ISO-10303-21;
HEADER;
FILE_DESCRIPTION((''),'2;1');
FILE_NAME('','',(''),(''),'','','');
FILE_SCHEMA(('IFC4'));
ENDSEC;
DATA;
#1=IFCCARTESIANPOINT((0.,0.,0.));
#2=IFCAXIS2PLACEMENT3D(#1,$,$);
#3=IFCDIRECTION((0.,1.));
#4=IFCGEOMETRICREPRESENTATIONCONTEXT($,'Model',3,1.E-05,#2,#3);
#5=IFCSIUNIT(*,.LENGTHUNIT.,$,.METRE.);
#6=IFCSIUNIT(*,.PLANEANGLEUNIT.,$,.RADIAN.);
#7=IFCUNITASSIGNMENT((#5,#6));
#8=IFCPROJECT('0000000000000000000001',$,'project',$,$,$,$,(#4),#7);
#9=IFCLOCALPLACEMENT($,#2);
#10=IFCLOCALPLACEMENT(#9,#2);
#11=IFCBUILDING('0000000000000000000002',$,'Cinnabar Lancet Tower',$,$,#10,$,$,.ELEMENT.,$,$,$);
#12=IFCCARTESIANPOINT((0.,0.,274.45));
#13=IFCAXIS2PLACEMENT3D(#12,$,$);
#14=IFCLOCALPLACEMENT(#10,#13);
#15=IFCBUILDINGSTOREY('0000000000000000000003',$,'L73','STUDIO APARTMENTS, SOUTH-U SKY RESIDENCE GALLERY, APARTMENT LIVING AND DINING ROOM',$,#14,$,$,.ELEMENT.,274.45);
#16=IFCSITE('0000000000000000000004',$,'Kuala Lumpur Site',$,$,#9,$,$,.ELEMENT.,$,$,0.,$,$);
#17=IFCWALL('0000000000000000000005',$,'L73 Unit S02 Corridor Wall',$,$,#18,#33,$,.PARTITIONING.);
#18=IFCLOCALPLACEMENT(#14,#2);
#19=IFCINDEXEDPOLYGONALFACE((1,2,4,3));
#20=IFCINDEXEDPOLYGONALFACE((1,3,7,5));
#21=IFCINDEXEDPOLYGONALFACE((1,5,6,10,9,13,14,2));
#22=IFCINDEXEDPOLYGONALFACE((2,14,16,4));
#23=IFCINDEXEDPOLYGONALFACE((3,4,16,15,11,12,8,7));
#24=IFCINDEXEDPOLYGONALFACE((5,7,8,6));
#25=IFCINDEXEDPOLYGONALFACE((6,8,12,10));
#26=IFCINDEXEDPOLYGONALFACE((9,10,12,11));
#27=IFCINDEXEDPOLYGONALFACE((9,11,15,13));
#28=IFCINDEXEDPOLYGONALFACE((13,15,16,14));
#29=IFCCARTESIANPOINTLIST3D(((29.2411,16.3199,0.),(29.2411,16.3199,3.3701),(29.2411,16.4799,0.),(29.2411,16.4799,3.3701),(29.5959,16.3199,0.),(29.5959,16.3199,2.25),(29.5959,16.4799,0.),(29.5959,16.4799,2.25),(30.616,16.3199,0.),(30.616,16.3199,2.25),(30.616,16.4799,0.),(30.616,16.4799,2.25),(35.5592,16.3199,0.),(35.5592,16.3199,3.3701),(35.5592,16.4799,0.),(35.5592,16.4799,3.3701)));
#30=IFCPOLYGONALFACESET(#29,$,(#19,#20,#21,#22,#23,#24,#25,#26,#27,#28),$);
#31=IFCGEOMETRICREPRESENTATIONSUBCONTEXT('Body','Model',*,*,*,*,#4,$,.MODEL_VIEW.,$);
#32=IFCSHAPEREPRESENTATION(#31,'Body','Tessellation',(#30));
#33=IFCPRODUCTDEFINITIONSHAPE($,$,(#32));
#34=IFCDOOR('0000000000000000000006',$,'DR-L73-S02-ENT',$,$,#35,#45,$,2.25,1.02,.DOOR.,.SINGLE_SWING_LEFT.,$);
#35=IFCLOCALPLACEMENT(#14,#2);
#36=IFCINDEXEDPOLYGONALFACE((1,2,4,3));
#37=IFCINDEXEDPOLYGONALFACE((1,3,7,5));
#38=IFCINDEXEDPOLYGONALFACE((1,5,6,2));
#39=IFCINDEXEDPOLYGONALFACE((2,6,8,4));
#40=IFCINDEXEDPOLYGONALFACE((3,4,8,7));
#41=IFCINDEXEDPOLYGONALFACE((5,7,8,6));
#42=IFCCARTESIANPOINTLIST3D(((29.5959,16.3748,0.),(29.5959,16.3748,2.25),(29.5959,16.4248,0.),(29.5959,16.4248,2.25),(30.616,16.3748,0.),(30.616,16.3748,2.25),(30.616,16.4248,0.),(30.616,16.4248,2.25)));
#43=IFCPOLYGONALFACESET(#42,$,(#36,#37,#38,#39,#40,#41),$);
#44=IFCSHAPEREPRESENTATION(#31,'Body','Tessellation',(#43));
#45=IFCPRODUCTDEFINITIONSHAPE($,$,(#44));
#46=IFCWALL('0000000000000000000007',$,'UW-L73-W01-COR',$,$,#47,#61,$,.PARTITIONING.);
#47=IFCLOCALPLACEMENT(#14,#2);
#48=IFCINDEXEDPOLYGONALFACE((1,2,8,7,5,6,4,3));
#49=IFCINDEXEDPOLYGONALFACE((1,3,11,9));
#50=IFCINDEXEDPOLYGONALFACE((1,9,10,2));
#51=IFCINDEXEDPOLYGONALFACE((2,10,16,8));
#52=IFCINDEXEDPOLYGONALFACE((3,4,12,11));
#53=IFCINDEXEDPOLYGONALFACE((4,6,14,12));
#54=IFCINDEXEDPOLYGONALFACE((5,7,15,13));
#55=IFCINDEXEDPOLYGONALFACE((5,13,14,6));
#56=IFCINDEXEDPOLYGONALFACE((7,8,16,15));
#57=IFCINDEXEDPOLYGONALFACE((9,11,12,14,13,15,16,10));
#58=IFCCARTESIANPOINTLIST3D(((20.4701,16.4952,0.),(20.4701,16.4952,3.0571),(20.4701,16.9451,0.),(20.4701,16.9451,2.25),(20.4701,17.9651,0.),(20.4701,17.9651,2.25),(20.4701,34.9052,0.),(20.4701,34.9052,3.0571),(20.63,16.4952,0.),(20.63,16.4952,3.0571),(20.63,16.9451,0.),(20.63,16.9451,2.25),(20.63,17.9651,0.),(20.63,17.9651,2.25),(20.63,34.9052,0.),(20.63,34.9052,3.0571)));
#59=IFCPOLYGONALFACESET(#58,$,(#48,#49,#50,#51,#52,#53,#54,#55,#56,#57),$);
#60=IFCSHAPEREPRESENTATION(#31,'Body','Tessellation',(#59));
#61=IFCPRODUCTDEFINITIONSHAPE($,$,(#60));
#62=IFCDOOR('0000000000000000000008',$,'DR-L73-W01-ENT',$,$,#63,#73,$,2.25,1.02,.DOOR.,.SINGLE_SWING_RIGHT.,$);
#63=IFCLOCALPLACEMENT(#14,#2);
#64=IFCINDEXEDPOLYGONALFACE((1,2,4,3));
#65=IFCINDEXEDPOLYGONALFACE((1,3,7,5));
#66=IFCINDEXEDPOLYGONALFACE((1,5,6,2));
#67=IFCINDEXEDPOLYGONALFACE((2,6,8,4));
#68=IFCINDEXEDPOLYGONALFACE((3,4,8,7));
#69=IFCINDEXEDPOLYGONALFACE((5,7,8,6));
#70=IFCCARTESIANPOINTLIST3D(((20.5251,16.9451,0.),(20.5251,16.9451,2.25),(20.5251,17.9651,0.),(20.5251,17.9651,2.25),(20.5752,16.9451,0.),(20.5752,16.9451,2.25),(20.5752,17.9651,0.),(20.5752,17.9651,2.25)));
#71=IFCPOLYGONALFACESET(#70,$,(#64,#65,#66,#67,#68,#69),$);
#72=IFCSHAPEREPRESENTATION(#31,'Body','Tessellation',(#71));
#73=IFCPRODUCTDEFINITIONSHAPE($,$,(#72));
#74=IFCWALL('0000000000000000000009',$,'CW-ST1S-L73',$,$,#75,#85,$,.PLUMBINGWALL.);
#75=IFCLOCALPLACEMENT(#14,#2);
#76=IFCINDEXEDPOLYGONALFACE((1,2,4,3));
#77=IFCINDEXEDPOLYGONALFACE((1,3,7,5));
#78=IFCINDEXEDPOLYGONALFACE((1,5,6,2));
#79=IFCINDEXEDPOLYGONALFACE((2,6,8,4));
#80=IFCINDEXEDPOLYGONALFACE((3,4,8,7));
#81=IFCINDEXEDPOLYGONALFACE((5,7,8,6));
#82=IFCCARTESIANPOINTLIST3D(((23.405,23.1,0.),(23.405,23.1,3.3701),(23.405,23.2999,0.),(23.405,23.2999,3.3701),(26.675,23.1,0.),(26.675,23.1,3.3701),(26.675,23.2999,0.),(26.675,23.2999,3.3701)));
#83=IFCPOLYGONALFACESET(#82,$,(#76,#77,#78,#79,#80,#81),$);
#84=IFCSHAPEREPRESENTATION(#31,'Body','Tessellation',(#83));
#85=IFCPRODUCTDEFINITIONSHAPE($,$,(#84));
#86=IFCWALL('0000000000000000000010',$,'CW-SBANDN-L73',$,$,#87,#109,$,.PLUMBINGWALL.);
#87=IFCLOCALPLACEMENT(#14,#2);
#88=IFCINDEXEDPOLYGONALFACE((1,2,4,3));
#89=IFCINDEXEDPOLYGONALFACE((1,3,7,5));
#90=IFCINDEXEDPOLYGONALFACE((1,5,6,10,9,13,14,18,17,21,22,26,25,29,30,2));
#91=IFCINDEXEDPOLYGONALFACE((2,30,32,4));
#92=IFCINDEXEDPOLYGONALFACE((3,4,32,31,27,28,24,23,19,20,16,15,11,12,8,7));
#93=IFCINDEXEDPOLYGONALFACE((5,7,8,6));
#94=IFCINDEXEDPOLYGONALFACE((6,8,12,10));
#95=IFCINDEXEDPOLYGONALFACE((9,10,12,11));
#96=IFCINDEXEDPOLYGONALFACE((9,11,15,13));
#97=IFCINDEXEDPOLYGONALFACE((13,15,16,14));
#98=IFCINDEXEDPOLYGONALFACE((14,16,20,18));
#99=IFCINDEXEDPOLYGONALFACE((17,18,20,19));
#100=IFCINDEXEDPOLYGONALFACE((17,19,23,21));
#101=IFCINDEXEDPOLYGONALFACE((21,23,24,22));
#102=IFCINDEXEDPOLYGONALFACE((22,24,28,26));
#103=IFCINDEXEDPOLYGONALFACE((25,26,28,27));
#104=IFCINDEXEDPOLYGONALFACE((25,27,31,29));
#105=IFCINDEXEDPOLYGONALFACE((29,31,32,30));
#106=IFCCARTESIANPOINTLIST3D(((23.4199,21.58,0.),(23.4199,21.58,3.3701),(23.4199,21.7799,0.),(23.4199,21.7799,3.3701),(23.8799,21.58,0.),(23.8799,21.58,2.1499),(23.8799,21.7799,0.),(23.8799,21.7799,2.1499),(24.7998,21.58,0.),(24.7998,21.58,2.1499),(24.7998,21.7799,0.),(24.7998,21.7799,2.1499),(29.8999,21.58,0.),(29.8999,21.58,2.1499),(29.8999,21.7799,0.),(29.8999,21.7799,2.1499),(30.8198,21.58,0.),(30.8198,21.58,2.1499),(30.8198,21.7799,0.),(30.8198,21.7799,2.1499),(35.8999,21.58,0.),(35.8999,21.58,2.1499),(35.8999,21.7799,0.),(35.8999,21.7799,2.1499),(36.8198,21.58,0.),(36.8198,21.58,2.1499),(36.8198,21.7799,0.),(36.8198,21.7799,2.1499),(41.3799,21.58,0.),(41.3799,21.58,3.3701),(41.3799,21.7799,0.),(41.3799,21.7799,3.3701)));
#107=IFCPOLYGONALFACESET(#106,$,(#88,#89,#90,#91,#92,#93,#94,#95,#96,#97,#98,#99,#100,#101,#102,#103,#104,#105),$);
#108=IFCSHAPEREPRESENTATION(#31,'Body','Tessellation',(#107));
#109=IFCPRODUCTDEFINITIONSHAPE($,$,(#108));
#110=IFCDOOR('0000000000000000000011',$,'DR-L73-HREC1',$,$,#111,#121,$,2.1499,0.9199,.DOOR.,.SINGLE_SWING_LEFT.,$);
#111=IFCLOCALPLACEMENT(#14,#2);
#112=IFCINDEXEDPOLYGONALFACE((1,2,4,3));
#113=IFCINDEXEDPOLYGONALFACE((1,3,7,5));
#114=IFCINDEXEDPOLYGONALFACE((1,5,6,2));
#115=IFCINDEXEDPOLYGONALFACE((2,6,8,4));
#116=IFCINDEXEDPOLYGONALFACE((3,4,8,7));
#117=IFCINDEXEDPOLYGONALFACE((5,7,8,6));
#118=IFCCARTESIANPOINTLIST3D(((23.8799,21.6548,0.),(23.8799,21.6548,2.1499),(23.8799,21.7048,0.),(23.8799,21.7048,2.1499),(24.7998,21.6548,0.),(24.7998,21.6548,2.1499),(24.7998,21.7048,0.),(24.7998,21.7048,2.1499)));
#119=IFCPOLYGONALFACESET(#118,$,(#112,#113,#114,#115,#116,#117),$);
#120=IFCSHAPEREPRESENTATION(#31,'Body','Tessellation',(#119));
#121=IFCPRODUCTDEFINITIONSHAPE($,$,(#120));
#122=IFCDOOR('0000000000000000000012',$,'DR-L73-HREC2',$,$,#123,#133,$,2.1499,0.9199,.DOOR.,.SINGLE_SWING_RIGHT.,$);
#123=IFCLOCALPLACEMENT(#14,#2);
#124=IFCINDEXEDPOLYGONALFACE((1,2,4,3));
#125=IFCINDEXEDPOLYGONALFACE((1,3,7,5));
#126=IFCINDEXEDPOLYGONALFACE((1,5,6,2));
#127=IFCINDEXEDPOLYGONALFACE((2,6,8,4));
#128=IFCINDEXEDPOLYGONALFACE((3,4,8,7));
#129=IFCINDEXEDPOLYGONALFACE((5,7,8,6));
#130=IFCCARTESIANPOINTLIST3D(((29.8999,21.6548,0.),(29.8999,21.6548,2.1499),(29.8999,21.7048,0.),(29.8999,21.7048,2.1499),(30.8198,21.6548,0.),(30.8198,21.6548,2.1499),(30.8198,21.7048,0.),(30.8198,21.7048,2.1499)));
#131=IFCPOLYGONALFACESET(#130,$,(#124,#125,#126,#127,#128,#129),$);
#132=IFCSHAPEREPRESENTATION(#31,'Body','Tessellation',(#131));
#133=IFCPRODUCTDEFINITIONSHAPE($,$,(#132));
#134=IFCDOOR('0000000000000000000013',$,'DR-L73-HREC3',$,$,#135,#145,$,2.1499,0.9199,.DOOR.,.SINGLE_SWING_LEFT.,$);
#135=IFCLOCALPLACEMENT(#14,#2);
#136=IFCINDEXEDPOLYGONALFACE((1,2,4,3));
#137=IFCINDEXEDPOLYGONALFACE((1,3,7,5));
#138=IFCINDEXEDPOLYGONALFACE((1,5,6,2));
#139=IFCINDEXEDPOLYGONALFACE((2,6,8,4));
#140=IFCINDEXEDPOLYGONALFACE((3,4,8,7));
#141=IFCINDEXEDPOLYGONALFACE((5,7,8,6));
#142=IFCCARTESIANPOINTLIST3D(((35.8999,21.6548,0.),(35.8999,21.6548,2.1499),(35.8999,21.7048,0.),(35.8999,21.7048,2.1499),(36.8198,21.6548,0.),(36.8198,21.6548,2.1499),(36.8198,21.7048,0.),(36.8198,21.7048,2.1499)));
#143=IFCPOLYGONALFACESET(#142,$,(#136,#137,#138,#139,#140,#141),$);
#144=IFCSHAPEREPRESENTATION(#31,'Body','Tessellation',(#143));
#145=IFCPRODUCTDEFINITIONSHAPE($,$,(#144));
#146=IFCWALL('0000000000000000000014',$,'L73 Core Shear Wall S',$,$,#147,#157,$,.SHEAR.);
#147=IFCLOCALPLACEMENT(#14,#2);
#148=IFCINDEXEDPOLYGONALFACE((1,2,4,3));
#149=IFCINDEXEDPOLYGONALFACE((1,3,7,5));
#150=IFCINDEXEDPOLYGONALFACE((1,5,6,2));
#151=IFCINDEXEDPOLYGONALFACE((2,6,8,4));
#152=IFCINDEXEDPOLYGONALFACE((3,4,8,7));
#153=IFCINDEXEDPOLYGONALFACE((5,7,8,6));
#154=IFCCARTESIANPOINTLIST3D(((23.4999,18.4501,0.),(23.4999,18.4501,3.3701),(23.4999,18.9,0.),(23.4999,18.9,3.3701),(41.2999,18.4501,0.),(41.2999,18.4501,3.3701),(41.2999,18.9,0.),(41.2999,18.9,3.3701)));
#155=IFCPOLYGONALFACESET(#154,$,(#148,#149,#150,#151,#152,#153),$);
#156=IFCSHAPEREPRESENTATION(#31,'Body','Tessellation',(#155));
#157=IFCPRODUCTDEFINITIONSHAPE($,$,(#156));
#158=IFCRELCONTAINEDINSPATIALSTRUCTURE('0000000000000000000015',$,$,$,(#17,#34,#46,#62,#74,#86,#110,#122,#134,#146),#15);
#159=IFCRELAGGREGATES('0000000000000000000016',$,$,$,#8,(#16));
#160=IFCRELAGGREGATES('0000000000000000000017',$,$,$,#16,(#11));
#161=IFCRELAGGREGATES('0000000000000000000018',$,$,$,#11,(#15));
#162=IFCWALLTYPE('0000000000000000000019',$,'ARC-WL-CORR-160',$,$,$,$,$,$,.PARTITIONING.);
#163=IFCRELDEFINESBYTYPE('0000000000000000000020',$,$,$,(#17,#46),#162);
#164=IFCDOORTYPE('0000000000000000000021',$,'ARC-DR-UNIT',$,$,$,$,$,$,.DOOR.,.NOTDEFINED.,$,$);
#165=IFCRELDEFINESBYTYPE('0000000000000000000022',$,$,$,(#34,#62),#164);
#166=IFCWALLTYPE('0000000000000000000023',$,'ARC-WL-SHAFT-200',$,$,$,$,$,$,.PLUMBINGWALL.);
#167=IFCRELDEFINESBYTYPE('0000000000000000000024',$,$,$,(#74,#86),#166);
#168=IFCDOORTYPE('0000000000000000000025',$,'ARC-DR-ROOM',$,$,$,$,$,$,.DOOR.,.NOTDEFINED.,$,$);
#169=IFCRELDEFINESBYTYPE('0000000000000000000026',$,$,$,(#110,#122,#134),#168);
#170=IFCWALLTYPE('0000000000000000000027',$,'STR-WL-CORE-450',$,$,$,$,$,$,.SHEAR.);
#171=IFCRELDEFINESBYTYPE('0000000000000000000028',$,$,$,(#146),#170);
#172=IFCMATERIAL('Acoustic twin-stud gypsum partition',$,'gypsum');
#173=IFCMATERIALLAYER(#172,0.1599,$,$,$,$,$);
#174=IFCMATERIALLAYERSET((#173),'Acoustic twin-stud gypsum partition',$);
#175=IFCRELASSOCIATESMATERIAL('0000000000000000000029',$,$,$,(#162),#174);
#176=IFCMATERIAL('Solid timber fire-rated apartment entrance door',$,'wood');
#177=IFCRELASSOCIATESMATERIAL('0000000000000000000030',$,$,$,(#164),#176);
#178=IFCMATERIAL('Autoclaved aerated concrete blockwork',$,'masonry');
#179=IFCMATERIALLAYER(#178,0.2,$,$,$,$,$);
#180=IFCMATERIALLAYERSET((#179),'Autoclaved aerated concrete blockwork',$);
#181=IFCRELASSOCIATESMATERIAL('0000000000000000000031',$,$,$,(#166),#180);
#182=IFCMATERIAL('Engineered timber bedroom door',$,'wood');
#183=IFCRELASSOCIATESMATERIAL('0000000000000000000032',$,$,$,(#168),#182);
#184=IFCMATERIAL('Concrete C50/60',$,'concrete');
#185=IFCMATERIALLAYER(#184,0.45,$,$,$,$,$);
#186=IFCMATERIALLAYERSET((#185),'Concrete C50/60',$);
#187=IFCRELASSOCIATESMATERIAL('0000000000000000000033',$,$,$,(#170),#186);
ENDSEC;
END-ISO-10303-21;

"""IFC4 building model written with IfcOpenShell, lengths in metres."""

from ifc_helpers import new_model, si_unit, direction, frame, frame_2d, origin, place, context, subcontext, project, spatial, rectangle, extrude, material, layer, layer_set, type_object, element, fill, save


model = new_model("IFC4")

# Units and contexts
model_context = context("Model", 3, precision=1e-05, world=origin(), true_north=direction((0.0, 1.0)))
body_context = subcontext(model_context, "Body", "Model", "MODEL_VIEW")
ifc_project = project(units=[si_unit("LENGTHUNIT", "METRE"), si_unit("PLANEANGLEUNIT", "RADIAN")], contexts=[model_context])

# Site, building, storey
site_placement = place(None, origin())
site = spatial("IfcSite", under=ifc_project, at=site_placement, Name="Kuala Lumpur Site", CompositionType="ELEMENT", RefElevation=0.0)
building_placement = place(site_placement, origin())
building = spatial("IfcBuilding", under=site, at=building_placement, Name="Cinnabar Lancet Tower", CompositionType="ELEMENT")
storey_placement = place(building_placement, frame((0.0, 0.0, 274.45)))
storey = spatial("IfcBuildingStorey", under=building, at=storey_placement, Name="L73", Description="STUDIO APARTMENTS, SOUTH-U SKY RESIDENCE GALLERY, APARTMENT LIVING AND DINING ROOM", CompositionType="ELEMENT", Elevation=274.45)

# Shared definitions
ifc_material_1 = material(Name="Acoustic twin-stud gypsum partition", Category="gypsum")
ifc_layer_1 = layer(ifc_material_1, 0.1599)
ifc_layer_set_1 = layer_set([ifc_layer_1], Name="Acoustic twin-stud gypsum partition")
wall_type_1 = type_object("IfcWallType", Name="ARC-WL-CORR-160", PredefinedType="PARTITIONING", material=ifc_layer_set_1)

# Walls, openings, doors
ifc_material_2 = material(Name="Solid timber fire-rated apartment entrance door", Category="wood")
door_type_1 = type_object("IfcDoorType", Name="ARC-DR-UNIT", OperationType="NOTDEFINED", PredefinedType="DOOR", material=ifc_material_2)
wall_1_placement = place(storey_placement, frame((29.241, 16.3999, 0.0), z_axis=(0.0, 0.0, 1.0), x_axis=(1.0, 0.0, 0.0)))
wall_1 = element("IfcWall", 1, at=wall_1_placement, inside=storey, type_object=wall_type_1, Name="L73 Unit S02 Corridor Wall", PredefinedType="PARTITIONING", context=body_context, shape_type="SweptSolid", body=[
    extrude(rectangle(XDim=6.3181, YDim=0.1599, at=frame_2d((3.1592, 0.0))), origin(), (0.0, 0.0, 1.0), 3.3701),
])
opening_1_placement = place(wall_1_placement, frame((0.355, 0.0, 0.0)))
opening_1 = element("IfcOpeningElement", 2, at=opening_1_placement, cuts=wall_1, PredefinedType="OPENING", context=body_context, shape_type="SweptSolid", body=[
    extrude(rectangle(XDim=1.02, YDim=2.25, at=frame_2d((0.51, 1.125))), frame((0.0, 0.0898, 0.0), z_axis=(0.0, -1.0, 0.0), x_axis=(1.0, 0.0, 0.0)), (0.0, 0.0, 1.0), 0.1799),
])
door_1_placement = place(opening_1_placement, origin())
door_1 = element("IfcDoor", 3, at=door_1_placement, inside=storey, type_object=door_type_1, Name="DR-L73-S02-ENT", OperationType="SINGLE_SWING_LEFT", OverallHeight=2.25, OverallWidth=1.02, PredefinedType="DOOR", context=body_context, shape_type="SweptSolid", body=[
    extrude(rectangle(XDim=1.02, YDim=2.25, at=frame_2d((0.51, 1.125))), frame((0.0, 0.0249, 0.0), z_axis=(0.0, -1.0, 0.0), x_axis=(1.0, 0.0, 0.0)), (0.0, 0.0, 1.0), 0.05),
])
fill(opening_1, door_1)
wall_2_placement = place(storey_placement, frame((20.55, 16.4951, 0.0), z_axis=(0.0, 0.0, 1.0), x_axis=(0.0, 1.0, 0.0)))
wall_2 = element("IfcWall", 4, at=wall_2_placement, inside=storey, type_object=wall_type_1, Name="UW-L73-W01-COR", PredefinedType="PARTITIONING", context=body_context, shape_type="SweptSolid", body=[
    extrude(rectangle(XDim=18.4099, YDim=0.1599, at=frame_2d((9.2051, 0.0))), origin(), (0.0, 0.0, 1.0), 3.0571),
])
opening_2_placement = place(wall_2_placement, frame((0.45, 0.0, 0.0)))
opening_2 = element("IfcOpeningElement", 5, at=opening_2_placement, cuts=wall_2, PredefinedType="OPENING", context=body_context, shape_type="SweptSolid", body=[
    extrude(rectangle(XDim=1.02, YDim=2.25, at=frame_2d((0.51, 1.125))), frame((0.0, 0.0898, 0.0), z_axis=(0.0, -1.0, 0.0), x_axis=(1.0, 0.0, 0.0)), (0.0, 0.0, 1.0), 0.1799),
])
door_2_placement = place(opening_2_placement, origin())
door_2 = element("IfcDoor", 6, at=door_2_placement, inside=storey, type_object=door_type_1, Name="DR-L73-W01-ENT", OperationType="SINGLE_SWING_RIGHT", OverallHeight=2.25, OverallWidth=1.02, PredefinedType="DOOR", context=body_context, shape_type="SweptSolid", body=[
    extrude(rectangle(XDim=1.02, YDim=2.25, at=frame_2d((0.51, 1.125))), frame((0.0, 0.0249, 0.0), z_axis=(0.0, -1.0, 0.0), x_axis=(1.0, 0.0, 0.0)), (0.0, 0.0, 1.0), 0.05),
])
fill(opening_2, door_2)

# Wall
ifc_material_3 = material(Name="Autoclaved aerated concrete blockwork", Category="masonry")
ifc_layer_2 = layer(ifc_material_3, 0.2)
ifc_layer_set_2 = layer_set([ifc_layer_2], Name="Autoclaved aerated concrete blockwork")
wall_type_2 = type_object("IfcWallType", Name="ARC-WL-SHAFT-200", PredefinedType="PLUMBINGWALL", material=ifc_layer_set_2)
wall_3_placement = place(storey_placement, frame((23.405, 23.2, 0.0), z_axis=(0.0, 0.0, 1.0), x_axis=(1.0, 0.0, 0.0)))
element("IfcWall", 7, at=wall_3_placement, inside=storey, type_object=wall_type_2, Name="CW-ST1S-L73", PredefinedType="PLUMBINGWALL", context=body_context, shape_type="SweptSolid", body=[
    extrude(rectangle(XDim=3.27, YDim=0.2, at=frame_2d((1.635, 0.0))), origin(), (0.0, 0.0, 1.0), 3.3701),
])

# Wall, openings, doors
wall_4_placement = place(storey_placement, frame((23.4199, 21.6799, 0.0), z_axis=(0.0, 0.0, 1.0), x_axis=(1.0, 0.0, 0.0)))
wall_4 = element("IfcWall", 8, at=wall_4_placement, inside=storey, type_object=wall_type_2, Name="CW-SBANDN-L73", PredefinedType="PLUMBINGWALL", context=body_context, shape_type="SweptSolid", body=[
    extrude(rectangle(XDim=17.96, YDim=0.2, at=frame_2d((8.98, 0.0))), origin(), (0.0, 0.0, 1.0), 3.3701),
])
opening_3_placement = place(wall_4_placement, frame((0.46, 0.0, 0.0)))
opening_3 = element("IfcOpeningElement", 9, at=opening_3_placement, cuts=wall_4, PredefinedType="OPENING", context=body_context, shape_type="SweptSolid", body=[
    extrude(rectangle(XDim=0.9199, YDim=2.1499, at=frame_2d((0.46, 1.075))), frame((0.0, 0.1099, 0.0), z_axis=(0.0, -1.0, 0.0), x_axis=(1.0, 0.0, 0.0)), (0.0, 0.0, 1.0), 0.22),
])
opening_4_placement = place(wall_4_placement, frame((6.48, 0.0, 0.0)))
opening_4 = element("IfcOpeningElement", 10, at=opening_4_placement, cuts=wall_4, PredefinedType="OPENING", context=body_context, shape_type="SweptSolid", body=[
    extrude(rectangle(XDim=0.9199, YDim=2.1499, at=frame_2d((0.46, 1.075))), frame((0.0, 0.1099, 0.0), z_axis=(0.0, -1.0, 0.0), x_axis=(1.0, 0.0, 0.0)), (0.0, 0.0, 1.0), 0.22),
])
opening_5_placement = place(wall_4_placement, frame((12.48, 0.0, 0.0)))
opening_5 = element("IfcOpeningElement", 11, at=opening_5_placement, cuts=wall_4, PredefinedType="OPENING", context=body_context, shape_type="SweptSolid", body=[
    extrude(rectangle(XDim=0.9199, YDim=2.1499, at=frame_2d((0.46, 1.075))), frame((0.0, 0.1099, 0.0), z_axis=(0.0, -1.0, 0.0), x_axis=(1.0, 0.0, 0.0)), (0.0, 0.0, 1.0), 0.22),
])
ifc_material_4 = material(Name="Engineered timber bedroom door", Category="wood")
door_type_2 = type_object("IfcDoorType", Name="ARC-DR-ROOM", OperationType="NOTDEFINED", PredefinedType="DOOR", material=ifc_material_4)
door_3_placement = place(opening_3_placement, origin())
door_3 = element("IfcDoor", 12, at=door_3_placement, inside=storey, type_object=door_type_2, Name="DR-L73-HREC1", OperationType="SINGLE_SWING_LEFT", OverallHeight=2.1499, OverallWidth=0.9199, PredefinedType="DOOR", context=body_context, shape_type="SweptSolid", body=[
    extrude(rectangle(XDim=0.9199, YDim=2.1499, at=frame_2d((0.46, 1.075))), frame((0.0, 0.0249, 0.0), z_axis=(0.0, -1.0, 0.0), x_axis=(1.0, 0.0, 0.0)), (0.0, 0.0, 1.0), 0.05),
])
fill(opening_3, door_3)
door_4_placement = place(opening_4_placement, origin())
door_4 = element("IfcDoor", 13, at=door_4_placement, inside=storey, type_object=door_type_2, Name="DR-L73-HREC2", OperationType="SINGLE_SWING_RIGHT", OverallHeight=2.1499, OverallWidth=0.9199, PredefinedType="DOOR", context=body_context, shape_type="SweptSolid", body=[
    extrude(rectangle(XDim=0.9199, YDim=2.1499, at=frame_2d((0.46, 1.075))), frame((0.0, 0.0249, 0.0), z_axis=(0.0, -1.0, 0.0), x_axis=(1.0, 0.0, 0.0)), (0.0, 0.0, 1.0), 0.05),
])
fill(opening_4, door_4)
door_5_placement = place(opening_5_placement, origin())
door_5 = element("IfcDoor", 14, at=door_5_placement, inside=storey, type_object=door_type_2, Name="DR-L73-HREC3", OperationType="SINGLE_SWING_LEFT", OverallHeight=2.1499, OverallWidth=0.9199, PredefinedType="DOOR", context=body_context, shape_type="SweptSolid", body=[
    extrude(rectangle(XDim=0.9199, YDim=2.1499, at=frame_2d((0.46, 1.075))), frame((0.0, 0.0249, 0.0), z_axis=(0.0, -1.0, 0.0), x_axis=(1.0, 0.0, 0.0)), (0.0, 0.0, 1.0), 0.05),
])
fill(opening_5, door_5)

# Wall
ifc_material_5 = material(Name="Concrete C50/60", Category="concrete")
ifc_layer_3 = layer(ifc_material_5, 0.45)
ifc_layer_set_3 = layer_set([ifc_layer_3], Name="Concrete C50/60")
wall_type_3 = type_object("IfcWallType", Name="STR-WL-CORE-450", PredefinedType="SHEAR", material=ifc_layer_set_3)
wall_5_placement = place(storey_placement, frame((23.5, 18.675, 0.0), z_axis=(0.0, 0.0, 1.0), x_axis=(1.0, 0.0, 0.0)))
element("IfcWall", 15, at=wall_5_placement, inside=storey, type_object=wall_type_3, Name="L73 Core Shear Wall S", PredefinedType="SHEAR", context=body_context, shape_type="SweptSolid", body=[
    extrude(rectangle(XDim=17.8, YDim=0.45, at=frame_2d((8.8999, 0.0))), origin(), (0.0, 0.0, 1.0), 3.3701),
])

save(model, "model.ifc")
